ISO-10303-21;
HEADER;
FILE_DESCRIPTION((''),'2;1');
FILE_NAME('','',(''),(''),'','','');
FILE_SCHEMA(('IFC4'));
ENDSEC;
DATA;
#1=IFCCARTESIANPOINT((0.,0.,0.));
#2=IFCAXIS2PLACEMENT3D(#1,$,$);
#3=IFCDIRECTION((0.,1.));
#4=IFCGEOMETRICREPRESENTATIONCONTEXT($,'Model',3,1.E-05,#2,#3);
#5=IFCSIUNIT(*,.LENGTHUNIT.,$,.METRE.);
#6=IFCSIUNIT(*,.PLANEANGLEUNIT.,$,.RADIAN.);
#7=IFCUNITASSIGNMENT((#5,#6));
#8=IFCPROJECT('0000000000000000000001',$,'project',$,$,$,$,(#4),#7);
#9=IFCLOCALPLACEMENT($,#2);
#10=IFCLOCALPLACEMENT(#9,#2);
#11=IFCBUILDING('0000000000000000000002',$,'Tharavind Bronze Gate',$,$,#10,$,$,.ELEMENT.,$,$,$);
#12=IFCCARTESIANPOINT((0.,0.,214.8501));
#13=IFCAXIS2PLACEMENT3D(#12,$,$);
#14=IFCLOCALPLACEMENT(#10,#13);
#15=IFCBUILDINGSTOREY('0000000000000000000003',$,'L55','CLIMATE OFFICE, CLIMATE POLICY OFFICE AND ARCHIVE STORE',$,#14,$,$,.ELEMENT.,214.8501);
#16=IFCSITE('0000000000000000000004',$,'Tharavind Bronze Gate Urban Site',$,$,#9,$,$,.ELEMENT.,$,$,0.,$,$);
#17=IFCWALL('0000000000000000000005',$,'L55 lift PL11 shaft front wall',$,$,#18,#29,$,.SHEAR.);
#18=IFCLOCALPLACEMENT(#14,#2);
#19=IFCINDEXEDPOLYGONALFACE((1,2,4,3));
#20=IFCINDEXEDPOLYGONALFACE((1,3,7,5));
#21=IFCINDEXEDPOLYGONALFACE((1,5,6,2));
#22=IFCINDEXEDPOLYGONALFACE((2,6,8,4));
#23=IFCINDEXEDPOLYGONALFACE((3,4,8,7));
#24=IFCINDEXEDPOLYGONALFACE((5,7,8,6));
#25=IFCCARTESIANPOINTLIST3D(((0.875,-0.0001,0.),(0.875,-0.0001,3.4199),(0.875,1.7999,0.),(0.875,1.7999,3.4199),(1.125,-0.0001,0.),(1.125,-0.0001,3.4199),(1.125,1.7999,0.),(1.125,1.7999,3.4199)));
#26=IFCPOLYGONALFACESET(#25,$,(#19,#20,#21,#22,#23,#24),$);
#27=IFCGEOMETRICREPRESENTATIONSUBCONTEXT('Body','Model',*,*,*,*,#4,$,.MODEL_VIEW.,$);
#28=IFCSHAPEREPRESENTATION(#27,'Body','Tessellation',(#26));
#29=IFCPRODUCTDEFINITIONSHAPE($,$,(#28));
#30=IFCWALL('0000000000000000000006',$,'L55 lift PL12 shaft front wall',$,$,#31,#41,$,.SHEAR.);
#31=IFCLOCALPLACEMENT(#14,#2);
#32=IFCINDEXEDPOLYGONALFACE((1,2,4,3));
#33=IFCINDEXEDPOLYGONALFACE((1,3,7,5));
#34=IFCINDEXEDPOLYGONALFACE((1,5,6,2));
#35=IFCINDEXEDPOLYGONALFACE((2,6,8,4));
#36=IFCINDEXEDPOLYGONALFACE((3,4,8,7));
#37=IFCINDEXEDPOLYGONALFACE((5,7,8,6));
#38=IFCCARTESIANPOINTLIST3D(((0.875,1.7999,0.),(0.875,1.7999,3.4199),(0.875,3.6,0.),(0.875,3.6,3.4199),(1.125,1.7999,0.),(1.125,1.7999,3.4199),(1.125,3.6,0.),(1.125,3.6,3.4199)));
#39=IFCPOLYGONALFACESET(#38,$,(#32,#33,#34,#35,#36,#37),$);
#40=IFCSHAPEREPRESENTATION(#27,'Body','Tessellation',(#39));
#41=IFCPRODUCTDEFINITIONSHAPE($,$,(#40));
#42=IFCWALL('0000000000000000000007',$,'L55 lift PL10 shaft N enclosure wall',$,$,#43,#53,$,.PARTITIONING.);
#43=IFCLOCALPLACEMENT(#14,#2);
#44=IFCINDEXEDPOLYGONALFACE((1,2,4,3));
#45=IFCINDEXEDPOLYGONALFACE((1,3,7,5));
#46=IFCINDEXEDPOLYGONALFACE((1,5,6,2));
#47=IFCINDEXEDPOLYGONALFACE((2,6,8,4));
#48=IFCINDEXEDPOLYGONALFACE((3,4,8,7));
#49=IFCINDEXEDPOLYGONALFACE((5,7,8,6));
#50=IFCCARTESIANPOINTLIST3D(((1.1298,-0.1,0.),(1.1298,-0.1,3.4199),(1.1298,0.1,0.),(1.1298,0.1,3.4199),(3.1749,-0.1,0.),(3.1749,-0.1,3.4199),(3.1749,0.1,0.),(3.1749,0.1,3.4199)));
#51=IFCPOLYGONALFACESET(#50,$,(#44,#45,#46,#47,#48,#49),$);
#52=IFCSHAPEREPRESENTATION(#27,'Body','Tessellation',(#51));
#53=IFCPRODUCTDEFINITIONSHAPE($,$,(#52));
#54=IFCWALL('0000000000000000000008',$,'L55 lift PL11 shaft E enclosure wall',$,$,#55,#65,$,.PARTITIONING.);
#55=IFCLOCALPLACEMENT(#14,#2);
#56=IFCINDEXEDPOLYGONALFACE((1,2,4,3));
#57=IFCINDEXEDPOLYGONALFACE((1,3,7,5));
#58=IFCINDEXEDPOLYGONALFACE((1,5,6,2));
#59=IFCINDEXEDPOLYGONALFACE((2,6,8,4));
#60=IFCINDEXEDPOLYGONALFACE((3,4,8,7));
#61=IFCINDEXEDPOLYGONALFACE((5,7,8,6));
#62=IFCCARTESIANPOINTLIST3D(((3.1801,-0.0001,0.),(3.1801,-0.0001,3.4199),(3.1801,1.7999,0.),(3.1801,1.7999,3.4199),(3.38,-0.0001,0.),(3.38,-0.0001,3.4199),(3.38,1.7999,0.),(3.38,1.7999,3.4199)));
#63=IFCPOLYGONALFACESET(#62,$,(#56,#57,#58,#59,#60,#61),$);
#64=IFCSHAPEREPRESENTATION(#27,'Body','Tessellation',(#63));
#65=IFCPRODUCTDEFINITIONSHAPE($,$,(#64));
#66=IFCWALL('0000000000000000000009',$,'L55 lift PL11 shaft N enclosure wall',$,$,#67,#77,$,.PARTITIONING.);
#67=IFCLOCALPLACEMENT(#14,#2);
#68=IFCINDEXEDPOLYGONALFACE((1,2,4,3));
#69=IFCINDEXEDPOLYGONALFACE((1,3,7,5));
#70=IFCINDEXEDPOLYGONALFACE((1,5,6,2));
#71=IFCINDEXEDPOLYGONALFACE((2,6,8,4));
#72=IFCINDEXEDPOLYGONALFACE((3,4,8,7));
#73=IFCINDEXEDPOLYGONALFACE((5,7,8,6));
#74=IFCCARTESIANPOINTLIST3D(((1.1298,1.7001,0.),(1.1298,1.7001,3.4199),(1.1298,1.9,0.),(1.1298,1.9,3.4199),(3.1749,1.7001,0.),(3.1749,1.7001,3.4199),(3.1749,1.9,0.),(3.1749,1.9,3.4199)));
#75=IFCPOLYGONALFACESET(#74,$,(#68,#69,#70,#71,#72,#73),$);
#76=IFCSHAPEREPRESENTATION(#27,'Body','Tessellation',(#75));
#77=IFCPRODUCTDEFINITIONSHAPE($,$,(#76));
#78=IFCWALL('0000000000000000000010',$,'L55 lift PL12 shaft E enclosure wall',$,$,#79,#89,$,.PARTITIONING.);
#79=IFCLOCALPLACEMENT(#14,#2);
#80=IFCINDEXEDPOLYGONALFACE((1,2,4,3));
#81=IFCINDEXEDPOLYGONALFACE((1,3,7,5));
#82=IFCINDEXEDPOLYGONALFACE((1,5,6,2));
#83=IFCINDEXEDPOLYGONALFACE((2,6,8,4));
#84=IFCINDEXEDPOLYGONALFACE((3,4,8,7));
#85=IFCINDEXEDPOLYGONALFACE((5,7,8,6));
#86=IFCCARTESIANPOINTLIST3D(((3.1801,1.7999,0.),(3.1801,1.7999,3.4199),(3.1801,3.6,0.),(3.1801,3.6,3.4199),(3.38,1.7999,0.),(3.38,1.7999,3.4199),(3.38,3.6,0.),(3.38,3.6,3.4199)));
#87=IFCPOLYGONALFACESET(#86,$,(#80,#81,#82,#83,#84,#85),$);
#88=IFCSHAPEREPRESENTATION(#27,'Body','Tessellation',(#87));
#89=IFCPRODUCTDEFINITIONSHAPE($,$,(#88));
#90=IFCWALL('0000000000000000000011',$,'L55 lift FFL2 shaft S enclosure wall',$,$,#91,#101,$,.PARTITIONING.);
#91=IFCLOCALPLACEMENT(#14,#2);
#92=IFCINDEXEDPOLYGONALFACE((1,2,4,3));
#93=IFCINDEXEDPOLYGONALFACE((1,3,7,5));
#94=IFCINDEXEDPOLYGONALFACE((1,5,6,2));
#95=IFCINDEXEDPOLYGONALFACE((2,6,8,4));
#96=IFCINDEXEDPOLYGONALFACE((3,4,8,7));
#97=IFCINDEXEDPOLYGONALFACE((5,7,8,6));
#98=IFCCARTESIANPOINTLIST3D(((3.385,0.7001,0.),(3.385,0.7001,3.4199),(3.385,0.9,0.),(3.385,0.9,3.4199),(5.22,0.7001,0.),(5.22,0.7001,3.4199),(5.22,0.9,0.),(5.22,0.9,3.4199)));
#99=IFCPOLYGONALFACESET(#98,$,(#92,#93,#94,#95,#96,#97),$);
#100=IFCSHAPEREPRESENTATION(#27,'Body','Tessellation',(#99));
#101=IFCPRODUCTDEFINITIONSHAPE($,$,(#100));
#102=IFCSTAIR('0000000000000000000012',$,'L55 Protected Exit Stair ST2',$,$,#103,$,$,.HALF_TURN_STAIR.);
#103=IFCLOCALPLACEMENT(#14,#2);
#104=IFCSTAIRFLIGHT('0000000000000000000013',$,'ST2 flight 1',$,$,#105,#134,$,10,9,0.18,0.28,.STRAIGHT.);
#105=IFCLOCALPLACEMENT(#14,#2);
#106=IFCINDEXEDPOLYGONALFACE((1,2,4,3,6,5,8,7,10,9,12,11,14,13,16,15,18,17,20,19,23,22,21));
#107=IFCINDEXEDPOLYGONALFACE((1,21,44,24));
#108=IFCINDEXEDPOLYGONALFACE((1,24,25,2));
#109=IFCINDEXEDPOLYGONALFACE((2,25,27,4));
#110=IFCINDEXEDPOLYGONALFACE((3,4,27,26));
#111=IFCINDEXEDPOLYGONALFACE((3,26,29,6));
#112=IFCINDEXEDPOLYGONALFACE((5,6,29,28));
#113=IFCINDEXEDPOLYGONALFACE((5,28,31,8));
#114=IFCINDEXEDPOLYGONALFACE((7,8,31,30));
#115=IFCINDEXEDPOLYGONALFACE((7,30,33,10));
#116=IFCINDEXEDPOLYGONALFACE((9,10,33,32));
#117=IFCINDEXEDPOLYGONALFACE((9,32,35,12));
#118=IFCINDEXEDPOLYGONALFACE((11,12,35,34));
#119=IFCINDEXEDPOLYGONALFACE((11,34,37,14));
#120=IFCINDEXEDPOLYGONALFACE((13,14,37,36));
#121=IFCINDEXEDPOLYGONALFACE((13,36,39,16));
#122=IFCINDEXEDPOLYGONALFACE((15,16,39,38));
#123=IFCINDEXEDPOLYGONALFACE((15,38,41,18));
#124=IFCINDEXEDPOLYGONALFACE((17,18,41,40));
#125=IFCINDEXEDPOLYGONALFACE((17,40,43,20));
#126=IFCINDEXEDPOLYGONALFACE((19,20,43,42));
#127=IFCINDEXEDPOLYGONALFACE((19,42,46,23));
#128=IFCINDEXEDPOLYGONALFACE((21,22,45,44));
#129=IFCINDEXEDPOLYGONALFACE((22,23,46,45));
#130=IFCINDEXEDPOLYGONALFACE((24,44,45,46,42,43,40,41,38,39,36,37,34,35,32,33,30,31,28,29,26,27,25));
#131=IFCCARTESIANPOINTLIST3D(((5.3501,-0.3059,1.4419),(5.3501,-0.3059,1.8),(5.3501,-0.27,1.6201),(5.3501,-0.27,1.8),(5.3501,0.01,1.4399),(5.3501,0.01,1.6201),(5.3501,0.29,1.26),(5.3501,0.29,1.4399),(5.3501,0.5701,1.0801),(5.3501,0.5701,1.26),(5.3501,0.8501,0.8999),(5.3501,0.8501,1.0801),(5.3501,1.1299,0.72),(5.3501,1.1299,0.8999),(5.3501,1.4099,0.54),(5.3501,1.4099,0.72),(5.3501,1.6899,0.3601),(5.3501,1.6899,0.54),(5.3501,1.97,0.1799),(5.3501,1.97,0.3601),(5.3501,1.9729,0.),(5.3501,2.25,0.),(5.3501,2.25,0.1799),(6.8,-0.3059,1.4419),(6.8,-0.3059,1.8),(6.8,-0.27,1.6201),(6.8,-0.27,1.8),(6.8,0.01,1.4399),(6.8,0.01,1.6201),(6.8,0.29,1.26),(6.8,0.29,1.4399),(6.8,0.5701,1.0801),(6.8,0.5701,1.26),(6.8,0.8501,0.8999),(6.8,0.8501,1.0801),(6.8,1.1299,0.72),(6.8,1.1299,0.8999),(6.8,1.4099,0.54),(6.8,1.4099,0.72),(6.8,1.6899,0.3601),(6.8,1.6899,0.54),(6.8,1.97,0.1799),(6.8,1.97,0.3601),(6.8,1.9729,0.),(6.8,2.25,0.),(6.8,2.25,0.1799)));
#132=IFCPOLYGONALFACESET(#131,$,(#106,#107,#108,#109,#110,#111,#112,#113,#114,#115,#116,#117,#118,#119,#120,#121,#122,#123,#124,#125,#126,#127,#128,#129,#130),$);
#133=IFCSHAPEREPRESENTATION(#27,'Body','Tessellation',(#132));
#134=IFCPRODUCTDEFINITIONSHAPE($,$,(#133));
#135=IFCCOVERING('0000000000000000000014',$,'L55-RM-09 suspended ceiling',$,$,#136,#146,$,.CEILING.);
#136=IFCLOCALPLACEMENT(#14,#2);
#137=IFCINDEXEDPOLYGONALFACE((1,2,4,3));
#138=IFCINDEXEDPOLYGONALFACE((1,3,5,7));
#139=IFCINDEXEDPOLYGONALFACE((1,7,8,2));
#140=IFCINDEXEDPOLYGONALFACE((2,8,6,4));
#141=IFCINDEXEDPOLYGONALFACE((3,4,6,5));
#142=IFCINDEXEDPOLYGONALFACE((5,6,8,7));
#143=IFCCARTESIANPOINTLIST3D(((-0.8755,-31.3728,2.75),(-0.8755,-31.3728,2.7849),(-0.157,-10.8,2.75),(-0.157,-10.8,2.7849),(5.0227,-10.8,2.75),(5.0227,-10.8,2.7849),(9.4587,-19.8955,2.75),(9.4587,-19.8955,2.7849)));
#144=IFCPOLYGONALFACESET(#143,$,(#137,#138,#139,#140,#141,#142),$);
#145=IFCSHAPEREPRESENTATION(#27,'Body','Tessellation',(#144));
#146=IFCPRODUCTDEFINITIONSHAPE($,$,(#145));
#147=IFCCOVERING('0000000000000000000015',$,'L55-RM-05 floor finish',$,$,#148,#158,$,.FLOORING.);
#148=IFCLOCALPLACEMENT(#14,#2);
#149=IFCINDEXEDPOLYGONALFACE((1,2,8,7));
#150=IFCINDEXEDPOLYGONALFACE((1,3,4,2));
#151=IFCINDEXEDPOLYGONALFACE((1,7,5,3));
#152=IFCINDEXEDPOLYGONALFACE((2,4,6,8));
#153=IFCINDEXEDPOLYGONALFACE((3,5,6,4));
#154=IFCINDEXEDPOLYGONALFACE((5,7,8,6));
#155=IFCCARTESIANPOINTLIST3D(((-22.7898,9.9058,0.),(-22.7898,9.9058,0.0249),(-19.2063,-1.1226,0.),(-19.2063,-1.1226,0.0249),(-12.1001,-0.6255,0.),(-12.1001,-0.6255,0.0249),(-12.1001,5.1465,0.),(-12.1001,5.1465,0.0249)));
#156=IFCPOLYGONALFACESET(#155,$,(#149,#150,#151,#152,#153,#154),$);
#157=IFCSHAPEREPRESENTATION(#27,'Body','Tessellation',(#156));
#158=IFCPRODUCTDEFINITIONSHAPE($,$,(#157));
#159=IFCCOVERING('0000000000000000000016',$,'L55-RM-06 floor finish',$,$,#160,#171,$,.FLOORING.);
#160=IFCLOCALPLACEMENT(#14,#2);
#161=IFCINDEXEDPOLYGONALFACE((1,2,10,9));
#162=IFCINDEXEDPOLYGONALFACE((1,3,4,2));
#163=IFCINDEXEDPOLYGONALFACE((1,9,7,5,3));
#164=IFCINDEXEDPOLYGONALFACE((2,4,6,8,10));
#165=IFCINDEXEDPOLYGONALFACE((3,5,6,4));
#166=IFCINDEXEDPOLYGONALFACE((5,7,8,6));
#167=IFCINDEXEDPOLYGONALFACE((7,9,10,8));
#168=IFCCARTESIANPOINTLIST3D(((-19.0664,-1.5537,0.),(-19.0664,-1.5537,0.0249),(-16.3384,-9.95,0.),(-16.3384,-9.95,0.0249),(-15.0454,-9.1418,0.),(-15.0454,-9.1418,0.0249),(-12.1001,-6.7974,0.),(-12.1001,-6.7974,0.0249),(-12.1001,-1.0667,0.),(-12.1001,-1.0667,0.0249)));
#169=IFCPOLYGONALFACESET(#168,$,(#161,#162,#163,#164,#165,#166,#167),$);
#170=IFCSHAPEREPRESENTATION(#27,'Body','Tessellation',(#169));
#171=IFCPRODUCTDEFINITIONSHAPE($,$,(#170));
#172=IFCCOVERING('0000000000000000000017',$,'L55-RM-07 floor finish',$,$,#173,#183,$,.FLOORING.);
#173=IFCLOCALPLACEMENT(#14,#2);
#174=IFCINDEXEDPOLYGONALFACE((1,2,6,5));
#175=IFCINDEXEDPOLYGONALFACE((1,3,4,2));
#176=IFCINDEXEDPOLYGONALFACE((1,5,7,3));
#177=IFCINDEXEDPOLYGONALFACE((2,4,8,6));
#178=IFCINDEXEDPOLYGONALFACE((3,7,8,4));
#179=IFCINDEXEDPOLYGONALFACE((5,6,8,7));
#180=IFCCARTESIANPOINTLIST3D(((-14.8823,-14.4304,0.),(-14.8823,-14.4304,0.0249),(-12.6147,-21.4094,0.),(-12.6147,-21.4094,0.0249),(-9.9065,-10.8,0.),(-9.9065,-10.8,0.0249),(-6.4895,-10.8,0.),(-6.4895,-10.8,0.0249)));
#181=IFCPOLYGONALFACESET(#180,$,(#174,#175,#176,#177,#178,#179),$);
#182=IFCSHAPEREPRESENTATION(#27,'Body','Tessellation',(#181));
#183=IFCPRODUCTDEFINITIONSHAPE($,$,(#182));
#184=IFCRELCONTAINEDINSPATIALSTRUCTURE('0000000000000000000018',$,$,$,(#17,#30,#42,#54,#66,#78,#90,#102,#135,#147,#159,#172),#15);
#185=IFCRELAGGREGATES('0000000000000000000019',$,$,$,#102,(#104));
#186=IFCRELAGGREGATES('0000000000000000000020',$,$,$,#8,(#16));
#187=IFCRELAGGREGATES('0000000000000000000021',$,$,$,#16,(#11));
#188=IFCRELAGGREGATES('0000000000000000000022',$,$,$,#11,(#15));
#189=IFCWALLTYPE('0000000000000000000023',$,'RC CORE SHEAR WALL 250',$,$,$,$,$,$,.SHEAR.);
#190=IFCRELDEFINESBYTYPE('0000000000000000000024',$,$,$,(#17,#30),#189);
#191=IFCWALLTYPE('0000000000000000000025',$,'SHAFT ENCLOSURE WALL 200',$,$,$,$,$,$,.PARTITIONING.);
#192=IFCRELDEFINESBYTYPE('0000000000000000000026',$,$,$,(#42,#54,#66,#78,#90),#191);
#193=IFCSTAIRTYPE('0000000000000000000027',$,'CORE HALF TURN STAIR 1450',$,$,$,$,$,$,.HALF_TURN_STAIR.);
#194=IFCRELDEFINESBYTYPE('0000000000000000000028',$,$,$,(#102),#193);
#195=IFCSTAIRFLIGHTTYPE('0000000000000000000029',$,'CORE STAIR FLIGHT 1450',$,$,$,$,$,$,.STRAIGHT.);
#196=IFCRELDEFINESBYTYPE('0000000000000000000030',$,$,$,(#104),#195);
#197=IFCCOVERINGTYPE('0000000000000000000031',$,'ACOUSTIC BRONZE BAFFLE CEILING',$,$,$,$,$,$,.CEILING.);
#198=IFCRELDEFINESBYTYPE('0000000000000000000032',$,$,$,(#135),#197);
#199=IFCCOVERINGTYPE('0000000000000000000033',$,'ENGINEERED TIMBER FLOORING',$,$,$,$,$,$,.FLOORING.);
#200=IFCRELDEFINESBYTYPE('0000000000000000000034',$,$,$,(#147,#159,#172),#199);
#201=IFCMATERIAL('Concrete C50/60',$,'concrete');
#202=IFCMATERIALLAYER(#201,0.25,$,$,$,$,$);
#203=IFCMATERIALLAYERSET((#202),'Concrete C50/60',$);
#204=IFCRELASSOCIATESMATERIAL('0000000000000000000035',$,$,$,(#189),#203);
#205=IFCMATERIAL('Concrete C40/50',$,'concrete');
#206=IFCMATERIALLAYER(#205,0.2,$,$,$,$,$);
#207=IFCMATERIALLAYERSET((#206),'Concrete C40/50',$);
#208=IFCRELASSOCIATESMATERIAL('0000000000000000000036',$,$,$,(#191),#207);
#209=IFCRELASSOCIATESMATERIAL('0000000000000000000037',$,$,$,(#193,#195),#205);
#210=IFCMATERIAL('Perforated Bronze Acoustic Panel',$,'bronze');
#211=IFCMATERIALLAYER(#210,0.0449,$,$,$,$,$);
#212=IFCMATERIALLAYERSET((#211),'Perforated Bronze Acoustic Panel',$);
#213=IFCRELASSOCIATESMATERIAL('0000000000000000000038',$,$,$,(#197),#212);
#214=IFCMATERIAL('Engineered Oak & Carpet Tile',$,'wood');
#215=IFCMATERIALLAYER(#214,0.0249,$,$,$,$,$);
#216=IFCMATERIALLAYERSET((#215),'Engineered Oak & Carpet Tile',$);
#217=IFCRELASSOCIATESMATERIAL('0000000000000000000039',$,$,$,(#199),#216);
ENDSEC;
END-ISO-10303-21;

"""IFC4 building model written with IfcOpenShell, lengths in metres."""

from ifc_helpers import new_model, si_unit, direction, frame, frame_2d, origin, place, context, subcontext, project, spatial, polyline, rectangle, outline, extrude, material, layer, layer_set, type_object, element, aggregate, save


model = new_model("IFC4")

# Units and contexts
model_context = context("Model", 3, precision=1e-05, world=origin(), true_north=direction((0.0, 1.0)))
body_context = subcontext(model_context, "Body", "Model", "MODEL_VIEW")
ifc_project = project(units=[si_unit("LENGTHUNIT", "METRE"), si_unit("PLANEANGLEUNIT", "RADIAN")], contexts=[model_context])

# Site, building, storey
site_placement = place(None, origin())
site = spatial("IfcSite", under=ifc_project, at=site_placement, Name="Tharavind Bronze Gate Urban Site", CompositionType="ELEMENT", RefElevation=0.0)
building_placement = place(site_placement, origin())
building = spatial("IfcBuilding", under=site, at=building_placement, Name="Tharavind Bronze Gate", CompositionType="ELEMENT")
storey_placement = place(building_placement, frame((0.0, 0.0, 214.8501)))
storey = spatial("IfcBuildingStorey", under=building, at=storey_placement, Name="L55", Description="CLIMATE OFFICE, CLIMATE POLICY OFFICE AND ARCHIVE STORE", CompositionType="ELEMENT", Elevation=214.8501)

# Walls
ifc_material_1 = material(Name="Concrete C50/60", Category="concrete")
ifc_layer_1 = layer(ifc_material_1, 0.25)
ifc_layer_set_1 = layer_set([ifc_layer_1], Name="Concrete C50/60")
wall_type_1 = type_object("IfcWallType", Name="RC CORE SHEAR WALL 250", PredefinedType="SHEAR", material=ifc_layer_set_1)
for number, where, z_axis, x_axis, name in (
    (1, (1.0, 0.0, 0.0), (0.0, 0.0, 1.0), (0.0, 1.0, 0.0), "L55 lift PL11 shaft front wall"),
    (2, (1.0, 1.8, 0.0), (0.0, 0.0, 1.0), (0.0, 1.0, 0.0), "L55 lift PL12 shaft front wall"),
):
    element("IfcWall", number, at=place(storey_placement, frame(where, z_axis=z_axis, x_axis=x_axis)), inside=storey, type_object=wall_type_1, Name=name, PredefinedType="SHEAR", context=body_context, shape_type="SweptSolid", body=[
        extrude(rectangle(XDim=1.8, YDim=0.25, at=frame_2d((0.8999, 0.0))), origin(), (0.0, 0.0, 1.0), 3.4199),
    ])
ifc_material_2 = material(Name="Concrete C40/50", Category="concrete")
ifc_layer_2 = layer(ifc_material_2, 0.2)
ifc_layer_set_2 = layer_set([ifc_layer_2], Name="Concrete C40/50")
wall_type_2 = type_object("IfcWallType", Name="SHAFT ENCLOSURE WALL 200", PredefinedType="PARTITIONING", material=ifc_layer_set_2)
wall_1_placement = place(storey_placement, frame((1.1299, 0.0, 0.0), z_axis=(0.0, 0.0, 1.0), x_axis=(1.0, 0.0, 0.0)))
element("IfcWall", 3, at=wall_1_placement, inside=storey, type_object=wall_type_2, Name="L55 lift PL10 shaft N enclosure wall", PredefinedType="PARTITIONING", context=body_context, shape_type="SweptSolid", body=[
    extrude(rectangle(XDim=2.0452, YDim=0.2, at=frame_2d((1.0225, 0.0))), origin(), (0.0, 0.0, 1.0), 3.4199),
])
wall_2_placement = place(storey_placement, frame((3.28, 0.0, 0.0), z_axis=(0.0, 0.0, 1.0), x_axis=(0.0, 1.0, 0.0)))
element("IfcWall", 4, at=wall_2_placement, inside=storey, type_object=wall_type_2, Name="L55 lift PL11 shaft E enclosure wall", PredefinedType="PARTITIONING", context=body_context, shape_type="SweptSolid", body=[
    extrude(rectangle(XDim=1.8, YDim=0.2, at=frame_2d((0.8999, 0.0))), origin(), (0.0, 0.0, 1.0), 3.4199),
])
wall_3_placement = place(storey_placement, frame((1.1299, 1.8, 0.0), z_axis=(0.0, 0.0, 1.0), x_axis=(1.0, 0.0, 0.0)))
element("IfcWall", 5, at=wall_3_placement, inside=storey, type_object=wall_type_2, Name="L55 lift PL11 shaft N enclosure wall", PredefinedType="PARTITIONING", context=body_context, shape_type="SweptSolid", body=[
    extrude(rectangle(XDim=2.0452, YDim=0.2, at=frame_2d((1.0225, 0.0))), origin(), (0.0, 0.0, 1.0), 3.4199),
])
wall_4_placement = place(storey_placement, frame((3.28, 1.8, 0.0), z_axis=(0.0, 0.0, 1.0), x_axis=(0.0, 1.0, 0.0)))
element("IfcWall", 6, at=wall_4_placement, inside=storey, type_object=wall_type_2, Name="L55 lift PL12 shaft E enclosure wall", PredefinedType="PARTITIONING", context=body_context, shape_type="SweptSolid", body=[
    extrude(rectangle(XDim=1.8, YDim=0.2, at=frame_2d((0.8999, 0.0))), origin(), (0.0, 0.0, 1.0), 3.4199),
])
wall_5_placement = place(storey_placement, frame((3.385, 0.8, 0.0), z_axis=(0.0, 0.0, 1.0), x_axis=(1.0, 0.0, 0.0)))
element("IfcWall", 7, at=wall_5_placement, inside=storey, type_object=wall_type_2, Name="L55 lift FFL2 shaft S enclosure wall", PredefinedType="PARTITIONING", context=body_context, shape_type="SweptSolid", body=[
    extrude(rectangle(XDim=1.835, YDim=0.2, at=frame_2d((0.9175, 0.0))), origin(), (0.0, 0.0, 1.0), 3.4199),
])

# Stair, stair flight
stair_type = type_object("IfcStairType", Name="CORE HALF TURN STAIR 1450", PredefinedType="HALF_TURN_STAIR", material=ifc_material_2)
stair_placement = place(storey_placement, origin())
stair = element("IfcStair", 8, at=stair_placement, inside=storey, type_object=stair_type, Name="L55 Protected Exit Stair ST2", PredefinedType="HALF_TURN_STAIR")
stair_flight_type = type_object("IfcStairFlightType", Name="CORE STAIR FLIGHT 1450", PredefinedType="STRAIGHT", material=ifc_material_2)
stair_flight_placement = place(storey_placement, frame((6.075, 2.25, 0.0), z_axis=(0.0, 0.0, 1.0), x_axis=(0.0, -1.0, 0.0)))
stair_flight = element("IfcStairFlight", 9, at=stair_flight_placement, type_object=stair_flight_type, Name="ST2 flight 1", NumberOfRisers=10, NumberOfTreads=9, PredefinedType="STRAIGHT", RiserHeight=0.18, TreadLength=0.28, context=body_context, shape_type="SweptSolid", body=[
    extrude(outline(polyline([(0.0, 0.0), (0.0, 0.1799), (0.28, 0.1799), (0.28, 0.3601), (0.5601, 0.3601), (0.5601, 0.54), (0.8401, 0.54), (0.8401, 0.72), (1.1201, 0.72), (1.1201, 0.8999), (1.3999, 0.8999), (1.3999, 1.0801), (1.6799, 1.0801), (1.6799, 1.26), (1.96, 1.26), (1.96, 1.4399), (2.24, 1.4399), (2.24, 1.6201), (2.52, 1.6201), (2.52, 1.8), (2.5559, 1.8), (2.5559, 1.4419), (0.2771, 0.0), (0.0, 0.0)])), frame((0.0, 0.7251, 0.0), z_axis=(0.0, -1.0, 0.0), x_axis=(1.0, 0.0, 0.0)), (0.0, 0.0, 1.0), 1.45),
])
aggregate(stair, [stair_flight])

# Coverings
ifc_material_3 = material(Name="Perforated Bronze Acoustic Panel", Category="bronze")
ifc_layer_3 = layer(ifc_material_3, 0.0449)
ifc_layer_set_3 = layer_set([ifc_layer_3], Name="Perforated Bronze Acoustic Panel")
covering_type_1 = type_object("IfcCoveringType", Name="ACOUSTIC BRONZE BAFFLE CEILING", PredefinedType="CEILING", material=ifc_layer_set_3)
covering_1_placement = place(storey_placement, frame((0.0, 0.0, 2.75)))
element("IfcCovering", 10, at=covering_1_placement, inside=storey, type_object=covering_type_1, Name="L55-RM-09 suspended ceiling", PredefinedType="CEILING", context=body_context, shape_type="SweptSolid", body=[
    extrude(outline(polyline([(9.4587, -19.8955), (5.0227, -10.8), (-0.157, -10.8), (-0.8755, -31.3728), (9.4587, -19.8955)])), origin(), (0.0, 0.0, 1.0), 0.0349),
])
ifc_material_4 = material(Name="Engineered Oak & Carpet Tile", Category="wood")
ifc_layer_4 = layer(ifc_material_4, 0.0249)
ifc_layer_set_4 = layer_set([ifc_layer_4], Name="Engineered Oak & Carpet Tile")
covering_type_2 = type_object("IfcCoveringType", Name="ENGINEERED TIMBER FLOORING", PredefinedType="FLOORING", material=ifc_layer_set_4)
covering_2_placement = place(storey_placement, origin())
element("IfcCovering", 11, at=covering_2_placement, inside=storey, type_object=covering_type_2, Name="L55-RM-05 floor finish", PredefinedType="FLOORING", context=body_context, shape_type="SweptSolid", body=[
    extrude(outline(polyline([(-19.2063, -1.1226), (-12.1001, -0.6255), (-12.1001, 5.1465), (-22.7898, 9.9058), (-19.2063, -1.1226)])), origin(), (0.0, 0.0, 1.0), 0.0249),
])
covering_3_placement = place(storey_placement, origin())
element("IfcCovering", 12, at=covering_3_placement, inside=storey, type_object=covering_type_2, Name="L55-RM-06 floor finish", PredefinedType="FLOORING", context=body_context, shape_type="SweptSolid", body=[
    extrude(outline(polyline([(-16.3384, -9.95), (-15.0454, -9.1418), (-12.1001, -6.7974), (-12.1001, -1.0667), (-19.0664, -1.5537), (-16.3384, -9.95)])), origin(), (0.0, 0.0, 1.0), 0.0249),
])
covering_4_placement = place(storey_placement, origin())
element("IfcCovering", 13, at=covering_4_placement, inside=storey, type_object=covering_type_2, Name="L55-RM-07 floor finish", PredefinedType="FLOORING", context=body_context, shape_type="SweptSolid", body=[
    extrude(outline(polyline([(-12.6147, -21.4094), (-6.4895, -10.8), (-9.9065, -10.8), (-14.8823, -14.4304), (-12.6147, -21.4094)])), origin(), (0.0, 0.0, 1.0), 0.0249),
])

save(model, "model.ifc")
